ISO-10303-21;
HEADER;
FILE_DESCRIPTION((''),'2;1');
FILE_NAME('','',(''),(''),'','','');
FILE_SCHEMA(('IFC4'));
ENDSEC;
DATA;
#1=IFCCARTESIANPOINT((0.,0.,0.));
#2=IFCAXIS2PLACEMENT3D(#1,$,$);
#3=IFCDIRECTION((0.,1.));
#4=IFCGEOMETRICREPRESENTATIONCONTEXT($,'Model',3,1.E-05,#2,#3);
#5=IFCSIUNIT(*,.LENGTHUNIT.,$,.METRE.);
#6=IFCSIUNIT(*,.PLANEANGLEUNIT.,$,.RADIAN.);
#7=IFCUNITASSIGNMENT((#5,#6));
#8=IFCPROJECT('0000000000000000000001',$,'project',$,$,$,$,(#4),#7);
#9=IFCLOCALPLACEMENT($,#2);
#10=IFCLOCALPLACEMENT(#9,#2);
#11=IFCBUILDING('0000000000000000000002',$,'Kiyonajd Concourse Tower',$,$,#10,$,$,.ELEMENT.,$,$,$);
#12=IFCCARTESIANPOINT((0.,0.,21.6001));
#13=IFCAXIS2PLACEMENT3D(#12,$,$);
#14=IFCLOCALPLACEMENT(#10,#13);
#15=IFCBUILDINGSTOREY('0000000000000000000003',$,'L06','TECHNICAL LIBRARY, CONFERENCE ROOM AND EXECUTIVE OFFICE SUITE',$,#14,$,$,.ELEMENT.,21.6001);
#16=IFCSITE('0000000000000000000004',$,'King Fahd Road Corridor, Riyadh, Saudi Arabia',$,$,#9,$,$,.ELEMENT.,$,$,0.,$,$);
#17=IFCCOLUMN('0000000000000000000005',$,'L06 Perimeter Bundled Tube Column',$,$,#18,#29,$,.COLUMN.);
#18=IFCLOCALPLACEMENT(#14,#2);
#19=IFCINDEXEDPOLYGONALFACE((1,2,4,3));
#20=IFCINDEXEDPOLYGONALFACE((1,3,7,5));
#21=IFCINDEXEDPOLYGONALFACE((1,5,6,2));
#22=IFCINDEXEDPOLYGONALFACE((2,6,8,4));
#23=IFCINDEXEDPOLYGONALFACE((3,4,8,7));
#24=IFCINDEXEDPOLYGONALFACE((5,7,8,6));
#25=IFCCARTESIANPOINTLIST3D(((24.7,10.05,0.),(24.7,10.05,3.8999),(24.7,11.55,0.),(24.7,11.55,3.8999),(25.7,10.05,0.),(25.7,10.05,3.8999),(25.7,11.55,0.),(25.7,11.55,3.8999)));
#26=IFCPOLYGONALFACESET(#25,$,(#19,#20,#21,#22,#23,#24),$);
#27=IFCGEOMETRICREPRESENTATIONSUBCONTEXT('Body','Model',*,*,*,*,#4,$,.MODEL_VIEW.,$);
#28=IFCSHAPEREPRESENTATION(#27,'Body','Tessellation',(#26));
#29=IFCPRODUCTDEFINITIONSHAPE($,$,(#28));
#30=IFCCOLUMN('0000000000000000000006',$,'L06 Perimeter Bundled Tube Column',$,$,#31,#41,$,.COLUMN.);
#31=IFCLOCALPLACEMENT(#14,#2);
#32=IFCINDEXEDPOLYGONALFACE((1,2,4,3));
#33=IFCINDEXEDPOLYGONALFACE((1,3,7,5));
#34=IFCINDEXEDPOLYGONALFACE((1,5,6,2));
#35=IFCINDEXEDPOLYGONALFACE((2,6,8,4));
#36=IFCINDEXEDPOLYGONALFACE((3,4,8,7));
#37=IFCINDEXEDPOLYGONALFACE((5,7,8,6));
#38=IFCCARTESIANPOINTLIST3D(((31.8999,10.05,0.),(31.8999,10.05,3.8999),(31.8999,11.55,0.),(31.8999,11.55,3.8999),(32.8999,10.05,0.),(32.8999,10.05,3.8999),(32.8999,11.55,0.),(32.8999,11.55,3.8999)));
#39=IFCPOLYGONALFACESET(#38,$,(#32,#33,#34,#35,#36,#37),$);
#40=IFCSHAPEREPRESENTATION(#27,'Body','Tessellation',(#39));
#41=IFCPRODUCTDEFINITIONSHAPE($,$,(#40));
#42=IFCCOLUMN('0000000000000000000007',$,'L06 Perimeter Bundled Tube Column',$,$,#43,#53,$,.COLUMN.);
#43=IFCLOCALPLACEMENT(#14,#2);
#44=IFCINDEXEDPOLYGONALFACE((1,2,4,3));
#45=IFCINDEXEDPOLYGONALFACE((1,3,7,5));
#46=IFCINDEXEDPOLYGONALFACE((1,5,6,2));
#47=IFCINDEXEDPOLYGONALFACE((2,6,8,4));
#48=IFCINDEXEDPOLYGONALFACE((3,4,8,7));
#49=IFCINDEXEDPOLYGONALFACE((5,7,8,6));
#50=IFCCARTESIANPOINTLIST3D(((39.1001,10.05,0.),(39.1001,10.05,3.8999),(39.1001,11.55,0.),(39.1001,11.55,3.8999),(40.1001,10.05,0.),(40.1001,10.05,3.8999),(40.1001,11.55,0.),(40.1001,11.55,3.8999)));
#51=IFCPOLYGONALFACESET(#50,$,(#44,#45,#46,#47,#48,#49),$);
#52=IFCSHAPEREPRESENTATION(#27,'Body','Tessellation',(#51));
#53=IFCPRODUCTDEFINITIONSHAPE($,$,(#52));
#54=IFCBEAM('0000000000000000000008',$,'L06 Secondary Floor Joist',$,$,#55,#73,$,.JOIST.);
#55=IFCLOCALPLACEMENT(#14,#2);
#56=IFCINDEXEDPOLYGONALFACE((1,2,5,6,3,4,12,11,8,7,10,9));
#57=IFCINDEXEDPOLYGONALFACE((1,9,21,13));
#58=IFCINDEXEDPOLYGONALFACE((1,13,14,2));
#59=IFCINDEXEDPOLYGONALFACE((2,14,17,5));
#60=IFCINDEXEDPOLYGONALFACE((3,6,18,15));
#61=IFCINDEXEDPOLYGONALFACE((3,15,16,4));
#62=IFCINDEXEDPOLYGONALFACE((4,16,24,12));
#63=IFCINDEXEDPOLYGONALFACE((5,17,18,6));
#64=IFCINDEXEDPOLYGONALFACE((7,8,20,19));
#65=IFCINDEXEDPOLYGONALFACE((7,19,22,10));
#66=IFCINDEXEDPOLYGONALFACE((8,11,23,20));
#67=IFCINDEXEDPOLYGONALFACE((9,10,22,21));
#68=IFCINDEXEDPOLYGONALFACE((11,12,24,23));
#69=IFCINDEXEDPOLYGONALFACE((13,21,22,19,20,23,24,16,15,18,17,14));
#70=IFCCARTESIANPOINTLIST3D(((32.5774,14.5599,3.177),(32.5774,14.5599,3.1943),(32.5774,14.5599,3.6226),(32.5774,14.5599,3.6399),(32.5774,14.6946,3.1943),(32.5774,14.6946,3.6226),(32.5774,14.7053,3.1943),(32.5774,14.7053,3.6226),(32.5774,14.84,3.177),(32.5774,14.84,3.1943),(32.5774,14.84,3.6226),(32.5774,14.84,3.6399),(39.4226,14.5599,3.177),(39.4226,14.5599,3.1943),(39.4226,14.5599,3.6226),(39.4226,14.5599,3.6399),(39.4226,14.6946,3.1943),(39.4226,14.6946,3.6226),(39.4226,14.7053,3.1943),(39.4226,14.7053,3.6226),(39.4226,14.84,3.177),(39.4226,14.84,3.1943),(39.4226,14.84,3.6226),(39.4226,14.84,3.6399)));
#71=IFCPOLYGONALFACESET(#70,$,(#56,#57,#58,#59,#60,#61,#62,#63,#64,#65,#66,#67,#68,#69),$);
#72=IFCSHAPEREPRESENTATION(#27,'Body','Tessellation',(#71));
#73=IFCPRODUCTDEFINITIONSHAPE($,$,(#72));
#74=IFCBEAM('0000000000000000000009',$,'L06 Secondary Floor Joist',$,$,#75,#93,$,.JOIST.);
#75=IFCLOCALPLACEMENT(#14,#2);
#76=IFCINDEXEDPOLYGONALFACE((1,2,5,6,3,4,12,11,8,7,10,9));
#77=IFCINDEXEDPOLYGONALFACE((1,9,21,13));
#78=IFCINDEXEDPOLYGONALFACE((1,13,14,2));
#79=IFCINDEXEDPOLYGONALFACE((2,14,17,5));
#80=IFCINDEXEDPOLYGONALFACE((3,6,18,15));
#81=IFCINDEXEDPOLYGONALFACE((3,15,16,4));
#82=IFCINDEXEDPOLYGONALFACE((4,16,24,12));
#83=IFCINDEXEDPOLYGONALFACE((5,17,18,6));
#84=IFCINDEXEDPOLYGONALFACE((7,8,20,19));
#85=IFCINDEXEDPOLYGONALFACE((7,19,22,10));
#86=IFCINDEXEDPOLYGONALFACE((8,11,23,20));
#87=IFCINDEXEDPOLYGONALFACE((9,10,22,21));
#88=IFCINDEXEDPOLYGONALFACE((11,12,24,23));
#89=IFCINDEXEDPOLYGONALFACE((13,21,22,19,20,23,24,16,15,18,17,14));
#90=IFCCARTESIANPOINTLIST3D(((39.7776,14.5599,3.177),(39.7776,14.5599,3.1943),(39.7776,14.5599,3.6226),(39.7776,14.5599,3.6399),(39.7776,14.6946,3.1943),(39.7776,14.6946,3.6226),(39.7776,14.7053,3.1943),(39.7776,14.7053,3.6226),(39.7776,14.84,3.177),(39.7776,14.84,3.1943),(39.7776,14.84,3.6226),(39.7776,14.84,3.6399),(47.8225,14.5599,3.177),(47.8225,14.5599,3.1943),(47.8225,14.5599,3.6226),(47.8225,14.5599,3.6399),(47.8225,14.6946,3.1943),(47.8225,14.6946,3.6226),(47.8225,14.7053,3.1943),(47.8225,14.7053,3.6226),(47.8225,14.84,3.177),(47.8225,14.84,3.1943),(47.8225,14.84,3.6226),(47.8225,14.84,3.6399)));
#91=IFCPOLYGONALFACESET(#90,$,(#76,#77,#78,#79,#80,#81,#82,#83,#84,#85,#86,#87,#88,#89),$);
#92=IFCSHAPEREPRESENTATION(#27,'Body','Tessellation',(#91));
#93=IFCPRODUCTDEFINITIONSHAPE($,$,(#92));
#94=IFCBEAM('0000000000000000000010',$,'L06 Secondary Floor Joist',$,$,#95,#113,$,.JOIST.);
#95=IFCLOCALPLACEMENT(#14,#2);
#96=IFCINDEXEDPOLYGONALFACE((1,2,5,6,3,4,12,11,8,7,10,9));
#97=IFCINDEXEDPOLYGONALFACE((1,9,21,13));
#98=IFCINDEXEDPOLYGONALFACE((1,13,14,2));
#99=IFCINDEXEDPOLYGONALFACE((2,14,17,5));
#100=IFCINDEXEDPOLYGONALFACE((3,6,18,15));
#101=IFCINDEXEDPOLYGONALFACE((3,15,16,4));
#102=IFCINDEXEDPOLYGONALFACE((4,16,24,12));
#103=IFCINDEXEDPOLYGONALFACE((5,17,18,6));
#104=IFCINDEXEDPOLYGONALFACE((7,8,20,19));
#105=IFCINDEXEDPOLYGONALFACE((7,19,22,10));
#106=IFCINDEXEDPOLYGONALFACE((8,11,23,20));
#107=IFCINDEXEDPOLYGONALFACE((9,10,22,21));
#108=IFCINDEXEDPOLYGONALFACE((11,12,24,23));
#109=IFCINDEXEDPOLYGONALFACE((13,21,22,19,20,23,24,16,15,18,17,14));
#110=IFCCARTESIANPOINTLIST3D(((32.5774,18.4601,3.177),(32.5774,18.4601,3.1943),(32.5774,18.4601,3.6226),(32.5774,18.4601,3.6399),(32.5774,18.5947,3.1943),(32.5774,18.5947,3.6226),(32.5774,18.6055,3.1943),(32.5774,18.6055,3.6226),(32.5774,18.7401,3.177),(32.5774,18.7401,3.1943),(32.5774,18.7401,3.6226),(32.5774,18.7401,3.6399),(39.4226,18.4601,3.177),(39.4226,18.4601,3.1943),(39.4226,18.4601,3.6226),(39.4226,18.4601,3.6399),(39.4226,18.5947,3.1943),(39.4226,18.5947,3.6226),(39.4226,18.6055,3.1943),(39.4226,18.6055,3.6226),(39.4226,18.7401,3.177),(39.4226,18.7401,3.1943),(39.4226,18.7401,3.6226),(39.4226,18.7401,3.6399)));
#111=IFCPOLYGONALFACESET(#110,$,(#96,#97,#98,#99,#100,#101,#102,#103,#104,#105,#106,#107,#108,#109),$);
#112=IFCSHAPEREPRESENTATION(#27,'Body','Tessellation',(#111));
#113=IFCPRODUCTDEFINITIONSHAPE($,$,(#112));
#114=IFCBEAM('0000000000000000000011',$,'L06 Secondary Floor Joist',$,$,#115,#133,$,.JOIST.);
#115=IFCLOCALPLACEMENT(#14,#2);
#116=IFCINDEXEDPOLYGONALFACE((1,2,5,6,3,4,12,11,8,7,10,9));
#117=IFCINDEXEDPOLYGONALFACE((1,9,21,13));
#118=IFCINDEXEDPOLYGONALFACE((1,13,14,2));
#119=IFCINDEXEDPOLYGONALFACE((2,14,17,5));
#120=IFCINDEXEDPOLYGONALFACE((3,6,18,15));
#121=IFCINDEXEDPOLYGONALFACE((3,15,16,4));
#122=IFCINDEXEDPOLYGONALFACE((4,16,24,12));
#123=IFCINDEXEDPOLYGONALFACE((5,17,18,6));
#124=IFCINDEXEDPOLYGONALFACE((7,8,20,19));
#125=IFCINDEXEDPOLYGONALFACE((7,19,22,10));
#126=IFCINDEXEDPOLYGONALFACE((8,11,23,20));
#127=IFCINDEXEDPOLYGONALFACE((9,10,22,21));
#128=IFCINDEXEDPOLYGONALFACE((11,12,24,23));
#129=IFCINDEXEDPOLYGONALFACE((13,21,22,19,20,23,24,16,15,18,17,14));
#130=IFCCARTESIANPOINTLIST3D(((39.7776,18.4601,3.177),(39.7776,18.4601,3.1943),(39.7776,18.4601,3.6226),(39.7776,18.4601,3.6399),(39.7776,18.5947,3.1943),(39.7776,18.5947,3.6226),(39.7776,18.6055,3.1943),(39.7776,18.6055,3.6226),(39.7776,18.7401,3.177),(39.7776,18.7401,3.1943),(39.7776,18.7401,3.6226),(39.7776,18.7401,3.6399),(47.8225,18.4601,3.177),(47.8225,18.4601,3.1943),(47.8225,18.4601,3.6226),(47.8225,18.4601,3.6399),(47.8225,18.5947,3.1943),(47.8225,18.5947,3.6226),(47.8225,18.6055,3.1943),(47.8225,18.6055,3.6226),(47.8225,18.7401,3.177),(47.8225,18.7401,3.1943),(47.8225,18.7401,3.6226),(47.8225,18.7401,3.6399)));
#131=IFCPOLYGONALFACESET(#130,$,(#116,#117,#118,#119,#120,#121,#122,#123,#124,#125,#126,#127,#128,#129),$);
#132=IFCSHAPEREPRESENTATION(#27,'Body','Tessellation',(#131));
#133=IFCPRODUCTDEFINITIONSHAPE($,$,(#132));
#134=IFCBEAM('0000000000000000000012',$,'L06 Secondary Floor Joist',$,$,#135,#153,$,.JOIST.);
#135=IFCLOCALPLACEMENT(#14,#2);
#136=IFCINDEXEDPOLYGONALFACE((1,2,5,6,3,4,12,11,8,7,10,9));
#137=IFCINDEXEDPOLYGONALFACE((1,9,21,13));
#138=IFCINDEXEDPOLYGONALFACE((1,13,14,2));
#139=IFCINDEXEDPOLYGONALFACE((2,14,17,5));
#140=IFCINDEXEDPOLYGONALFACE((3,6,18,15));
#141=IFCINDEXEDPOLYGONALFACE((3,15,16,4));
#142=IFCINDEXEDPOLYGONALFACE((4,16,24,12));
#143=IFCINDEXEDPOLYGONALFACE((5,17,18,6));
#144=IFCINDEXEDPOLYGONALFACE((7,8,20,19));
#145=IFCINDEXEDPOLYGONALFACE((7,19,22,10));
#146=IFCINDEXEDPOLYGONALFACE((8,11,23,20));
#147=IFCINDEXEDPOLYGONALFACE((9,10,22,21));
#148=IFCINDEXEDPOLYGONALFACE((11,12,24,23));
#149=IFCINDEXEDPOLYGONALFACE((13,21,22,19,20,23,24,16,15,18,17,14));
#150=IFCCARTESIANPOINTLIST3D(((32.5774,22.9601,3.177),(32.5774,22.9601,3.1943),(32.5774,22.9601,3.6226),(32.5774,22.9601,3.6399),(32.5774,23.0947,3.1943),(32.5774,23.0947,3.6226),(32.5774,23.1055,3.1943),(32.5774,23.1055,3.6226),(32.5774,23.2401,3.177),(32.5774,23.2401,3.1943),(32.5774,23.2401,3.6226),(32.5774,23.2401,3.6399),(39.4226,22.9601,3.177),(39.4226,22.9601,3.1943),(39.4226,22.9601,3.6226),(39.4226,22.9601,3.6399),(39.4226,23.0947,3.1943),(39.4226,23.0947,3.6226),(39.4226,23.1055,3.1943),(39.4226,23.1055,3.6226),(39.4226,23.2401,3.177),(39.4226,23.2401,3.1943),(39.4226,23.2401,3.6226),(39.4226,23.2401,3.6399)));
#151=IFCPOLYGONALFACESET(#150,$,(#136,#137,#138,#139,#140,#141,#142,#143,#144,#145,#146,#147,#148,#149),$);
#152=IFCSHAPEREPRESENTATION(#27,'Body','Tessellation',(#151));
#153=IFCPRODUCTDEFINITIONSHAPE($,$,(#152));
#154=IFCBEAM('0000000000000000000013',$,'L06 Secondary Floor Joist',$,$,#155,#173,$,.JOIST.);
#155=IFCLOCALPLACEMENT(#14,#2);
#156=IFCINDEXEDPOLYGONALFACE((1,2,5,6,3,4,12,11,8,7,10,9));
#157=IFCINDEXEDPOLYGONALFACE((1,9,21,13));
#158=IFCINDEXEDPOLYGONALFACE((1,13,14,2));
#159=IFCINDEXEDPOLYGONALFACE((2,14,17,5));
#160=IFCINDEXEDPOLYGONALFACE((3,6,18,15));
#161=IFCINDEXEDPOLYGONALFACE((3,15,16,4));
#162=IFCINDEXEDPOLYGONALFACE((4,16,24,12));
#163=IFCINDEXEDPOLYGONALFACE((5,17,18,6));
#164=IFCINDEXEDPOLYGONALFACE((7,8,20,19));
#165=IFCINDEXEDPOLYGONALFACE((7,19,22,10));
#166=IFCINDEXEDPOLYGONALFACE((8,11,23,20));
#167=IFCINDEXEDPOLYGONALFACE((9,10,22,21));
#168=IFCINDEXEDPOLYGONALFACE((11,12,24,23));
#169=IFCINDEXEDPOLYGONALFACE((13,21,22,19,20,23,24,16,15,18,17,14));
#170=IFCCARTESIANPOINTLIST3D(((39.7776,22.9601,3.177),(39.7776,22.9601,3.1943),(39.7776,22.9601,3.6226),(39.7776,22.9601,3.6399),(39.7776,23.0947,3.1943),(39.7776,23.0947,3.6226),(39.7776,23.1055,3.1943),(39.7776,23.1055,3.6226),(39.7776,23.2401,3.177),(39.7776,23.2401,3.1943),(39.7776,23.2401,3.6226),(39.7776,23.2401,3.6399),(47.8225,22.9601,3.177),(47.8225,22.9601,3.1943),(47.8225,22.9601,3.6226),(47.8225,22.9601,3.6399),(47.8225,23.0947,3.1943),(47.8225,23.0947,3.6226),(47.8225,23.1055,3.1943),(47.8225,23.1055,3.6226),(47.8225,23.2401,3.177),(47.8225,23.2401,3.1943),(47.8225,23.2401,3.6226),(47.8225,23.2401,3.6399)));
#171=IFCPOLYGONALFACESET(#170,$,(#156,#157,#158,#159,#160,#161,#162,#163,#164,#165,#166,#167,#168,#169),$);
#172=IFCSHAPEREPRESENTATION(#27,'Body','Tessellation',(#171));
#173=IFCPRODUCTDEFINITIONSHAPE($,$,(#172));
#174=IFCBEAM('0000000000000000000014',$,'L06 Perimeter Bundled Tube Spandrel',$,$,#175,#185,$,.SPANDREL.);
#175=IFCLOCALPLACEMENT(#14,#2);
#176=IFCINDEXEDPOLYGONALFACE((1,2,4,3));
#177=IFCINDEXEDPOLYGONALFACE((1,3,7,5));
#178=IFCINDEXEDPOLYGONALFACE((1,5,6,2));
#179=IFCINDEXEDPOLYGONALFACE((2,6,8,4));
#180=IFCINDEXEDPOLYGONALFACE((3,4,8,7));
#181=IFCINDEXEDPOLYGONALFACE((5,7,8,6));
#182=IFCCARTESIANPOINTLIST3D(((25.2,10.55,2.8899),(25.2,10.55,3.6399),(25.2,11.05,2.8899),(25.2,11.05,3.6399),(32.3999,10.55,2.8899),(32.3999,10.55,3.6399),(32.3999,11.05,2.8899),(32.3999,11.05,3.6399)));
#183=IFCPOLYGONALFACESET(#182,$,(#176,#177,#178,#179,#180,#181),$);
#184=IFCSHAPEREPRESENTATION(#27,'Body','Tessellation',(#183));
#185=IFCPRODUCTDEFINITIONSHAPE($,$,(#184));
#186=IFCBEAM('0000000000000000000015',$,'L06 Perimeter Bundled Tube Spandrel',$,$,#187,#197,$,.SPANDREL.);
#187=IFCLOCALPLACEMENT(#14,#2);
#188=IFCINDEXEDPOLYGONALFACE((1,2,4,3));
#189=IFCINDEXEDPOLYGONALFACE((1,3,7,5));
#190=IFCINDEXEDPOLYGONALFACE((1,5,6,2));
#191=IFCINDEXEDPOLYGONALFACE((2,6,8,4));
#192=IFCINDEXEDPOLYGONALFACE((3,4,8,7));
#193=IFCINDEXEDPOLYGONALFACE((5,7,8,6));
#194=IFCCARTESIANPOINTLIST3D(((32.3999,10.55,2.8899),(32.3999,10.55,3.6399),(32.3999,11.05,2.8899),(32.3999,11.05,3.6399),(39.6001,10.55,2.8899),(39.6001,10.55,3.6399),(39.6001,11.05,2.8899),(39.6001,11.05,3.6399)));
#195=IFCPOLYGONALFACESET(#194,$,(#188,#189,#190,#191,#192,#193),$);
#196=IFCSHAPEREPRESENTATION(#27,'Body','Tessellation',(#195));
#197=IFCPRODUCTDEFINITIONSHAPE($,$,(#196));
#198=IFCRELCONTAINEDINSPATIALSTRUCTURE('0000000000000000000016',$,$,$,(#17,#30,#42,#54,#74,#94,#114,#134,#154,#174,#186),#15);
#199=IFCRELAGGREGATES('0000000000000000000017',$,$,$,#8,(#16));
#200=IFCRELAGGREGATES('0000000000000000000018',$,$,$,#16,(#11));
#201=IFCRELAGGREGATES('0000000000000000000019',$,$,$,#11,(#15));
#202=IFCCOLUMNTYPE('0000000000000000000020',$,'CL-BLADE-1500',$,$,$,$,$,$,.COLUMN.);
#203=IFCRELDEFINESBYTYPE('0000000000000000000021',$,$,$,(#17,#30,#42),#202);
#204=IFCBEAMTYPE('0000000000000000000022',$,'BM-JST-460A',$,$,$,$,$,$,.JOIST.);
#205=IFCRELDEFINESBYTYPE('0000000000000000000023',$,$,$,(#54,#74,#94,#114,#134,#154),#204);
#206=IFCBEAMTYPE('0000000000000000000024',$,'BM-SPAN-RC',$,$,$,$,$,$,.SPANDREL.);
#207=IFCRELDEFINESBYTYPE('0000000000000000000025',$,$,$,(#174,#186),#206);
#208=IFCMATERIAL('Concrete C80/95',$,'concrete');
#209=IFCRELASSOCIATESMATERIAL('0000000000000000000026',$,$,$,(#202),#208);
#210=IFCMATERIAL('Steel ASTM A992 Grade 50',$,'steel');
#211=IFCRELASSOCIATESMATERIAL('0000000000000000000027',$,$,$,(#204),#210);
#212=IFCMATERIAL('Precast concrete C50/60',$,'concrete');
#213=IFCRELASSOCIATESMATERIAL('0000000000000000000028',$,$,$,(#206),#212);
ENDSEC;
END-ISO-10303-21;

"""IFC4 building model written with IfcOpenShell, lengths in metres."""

from ifc_helpers import new_model, si_unit, direction, frame, origin, origin_2d, place, context, subcontext, project, spatial, rectangle, i_section, extrude, material, material_profile, profile_set, type_object, element, save


model = new_model("IFC4")

# Units and contexts
model_context = context("Model", 3, precision=1e-05, world=origin(), true_north=direction((0.0, 1.0)))
body_context = subcontext(model_context, "Body", "Model", "MODEL_VIEW")
ifc_project = project(units=[si_unit("LENGTHUNIT", "METRE"), si_unit("PLANEANGLEUNIT", "RADIAN")], contexts=[model_context])

# Site, building, storey
site_placement = place(None, origin())
site = spatial("IfcSite", under=ifc_project, at=site_placement, Name="King Fahd Road Corridor, Riyadh, Saudi Arabia", CompositionType="ELEMENT", RefElevation=0.0)
building_placement = place(site_placement, origin())
building = spatial("IfcBuilding", under=site, at=building_placement, Name="Kiyonajd Concourse Tower", CompositionType="ELEMENT")
storey_placement = place(building_placement, frame((0.0, 0.0, 21.6001)))
storey = spatial("IfcBuildingStorey", under=building, at=storey_placement, Name="L06", Description="TECHNICAL LIBRARY, CONFERENCE ROOM AND EXECUTIVE OFFICE SUITE", CompositionType="ELEMENT", Elevation=21.6001)

# Columns
ifc_material_1 = material(Name="Concrete C80/95", Category="concrete")
ifc_material_profile_1 = material_profile(ifc_material_1, rectangle(XDim=1.0, YDim=1.5, at=origin_2d()), Name="RC-1500x1000")
ifc_profile_set_1 = profile_set([ifc_material_profile_1], Name="Concrete C80/95")
column_type = type_object("IfcColumnType", Name="CL-BLADE-1500", PredefinedType="COLUMN", material=ifc_profile_set_1)
for number, where, z_axis, x_axis, name in (
    (1, (25.2, 10.8, 0.0), (0.0, 0.0, 1.0), (1.0, 0.0, 0.0), "L06 Perimeter Bundled Tube Column"),
    (2, (32.3999, 10.8, 0.0), (0.0, 0.0, 1.0), (1.0, 0.0, 0.0), "L06 Perimeter Bundled Tube Column"),
    (3, (39.6001, 10.8, 0.0), (0.0, 0.0, 1.0), (1.0, 0.0, 0.0), "L06 Perimeter Bundled Tube Column"),
):
    element("IfcColumn", number, at=place(storey_placement, frame(where, z_axis=z_axis, x_axis=x_axis)), inside=storey, type_object=column_type, Name=name, PredefinedType="COLUMN", context=body_context, shape_type="SweptSolid", body=[
        extrude(rectangle(XDim=1.0, YDim=1.5, at=origin_2d()), origin(), (0.0, 0.0, 1.0), 3.8999),
    ])

# Beams
ifc_material_2 = material(Name="Steel ASTM A992 Grade 50", Category="steel")
ifc_material_profile_2 = material_profile(ifc_material_2, i_section(OverallWidth=0.28, OverallDepth=0.4629, WebThickness=0.0107, FlangeThickness=0.0173, at=origin_2d()), Name="W460X113")
ifc_profile_set_2 = profile_set([ifc_material_profile_2], Name="Steel ASTM A992 Grade 50")
beam_type_1 = type_object("IfcBeamType", Name="BM-JST-460A", PredefinedType="JOIST", material=ifc_profile_set_2)
beam_1_placement = place(storey_placement, frame((32.5774, 14.7, 3.4084), z_axis=(1.0, 0.0, 0.0), x_axis=(0.0, 1.0, 0.0)))
element("IfcBeam", 4, at=beam_1_placement, inside=storey, type_object=beam_type_1, Name="L06 Secondary Floor Joist", PredefinedType="JOIST", context=body_context, shape_type="SweptSolid", body=[
    extrude(i_section(OverallWidth=0.28, OverallDepth=0.4629, WebThickness=0.0107, FlangeThickness=0.0173, at=origin_2d()), origin(), (0.0, 0.0, 1.0), 6.8452),
])
beam_2_placement = place(storey_placement, frame((39.7776, 14.7, 3.4084), z_axis=(1.0, 0.0, 0.0), x_axis=(0.0, 1.0, 0.0)))
element("IfcBeam", 5, at=beam_2_placement, inside=storey, type_object=beam_type_1, Name="L06 Secondary Floor Joist", PredefinedType="JOIST", context=body_context, shape_type="SweptSolid", body=[
    extrude(i_section(OverallWidth=0.28, OverallDepth=0.4629, WebThickness=0.0107, FlangeThickness=0.0173, at=origin_2d()), origin(), (0.0, 0.0, 1.0), 8.0449),
])
beam_3_placement = place(storey_placement, frame((32.5774, 18.6001, 3.4084), z_axis=(1.0, 0.0, 0.0), x_axis=(0.0, 1.0, 0.0)))
element("IfcBeam", 6, at=beam_3_placement, inside=storey, type_object=beam_type_1, Name="L06 Secondary Floor Joist", PredefinedType="JOIST", context=body_context, shape_type="SweptSolid", body=[
    extrude(i_section(OverallWidth=0.28, OverallDepth=0.4629, WebThickness=0.0107, FlangeThickness=0.0173, at=origin_2d()), origin(), (0.0, 0.0, 1.0), 6.8452),
])
beam_4_placement = place(storey_placement, frame((39.7776, 18.6001, 3.4084), z_axis=(1.0, 0.0, 0.0), x_axis=(0.0, 1.0, 0.0)))
element("IfcBeam", 7, at=beam_4_placement, inside=storey, type_object=beam_type_1, Name="L06 Secondary Floor Joist", PredefinedType="JOIST", context=body_context, shape_type="SweptSolid", body=[
    extrude(i_section(OverallWidth=0.28, OverallDepth=0.4629, WebThickness=0.0107, FlangeThickness=0.0173, at=origin_2d()), origin(), (0.0, 0.0, 1.0), 8.0449),
])
beam_5_placement = place(storey_placement, frame((32.5774, 23.1001, 3.4084), z_axis=(1.0, 0.0, 0.0), x_axis=(0.0, 1.0, 0.0)))
element("IfcBeam", 8, at=beam_5_placement, inside=storey, type_object=beam_type_1, Name="L06 Secondary Floor Joist", PredefinedType="JOIST", context=body_context, shape_type="SweptSolid", body=[
    extrude(i_section(OverallWidth=0.28, OverallDepth=0.4629, WebThickness=0.0107, FlangeThickness=0.0173, at=origin_2d()), origin(), (0.0, 0.0, 1.0), 6.8452),
])
beam_6_placement = place(storey_placement, frame((39.7776, 23.1001, 3.4084), z_axis=(1.0, 0.0, 0.0), x_axis=(0.0, 1.0, 0.0)))
element("IfcBeam", 9, at=beam_6_placement, inside=storey, type_object=beam_type_1, Name="L06 Secondary Floor Joist", PredefinedType="JOIST", context=body_context, shape_type="SweptSolid", body=[
    extrude(i_section(OverallWidth=0.28, OverallDepth=0.4629, WebThickness=0.0107, FlangeThickness=0.0173, at=origin_2d()), origin(), (0.0, 0.0, 1.0), 8.0449),
])
ifc_material_3 = material(Name="Precast concrete C50/60", Category="concrete")
ifc_material_profile_3 = material_profile(ifc_material_3, rectangle(XDim=0.5, YDim=0.75, at=origin_2d()), Name="RCBM-500x750")
ifc_profile_set_3 = profile_set([ifc_material_profile_3], Name="Precast concrete C50/60")
beam_type_2 = type_object("IfcBeamType", Name="BM-SPAN-RC", PredefinedType="SPANDREL", material=ifc_profile_set_3)
beam_7_placement = place(storey_placement, frame((25.2, 10.8, 3.2649), z_axis=(1.0, 0.0, 0.0), x_axis=(0.0, 1.0, 0.0)))
element("IfcBeam", 10, at=beam_7_placement, inside=storey, type_object=beam_type_2, Name="L06 Perimeter Bundled Tube Spandrel", PredefinedType="SPANDREL", context=body_context, shape_type="SweptSolid", body=[
    extrude(rectangle(XDim=0.5, YDim=0.75, at=origin_2d()), origin(), (0.0, 0.0, 1.0), 7.2),
])
beam_8_placement = place(storey_placement, frame((32.3999, 10.8, 3.2649), z_axis=(1.0, 0.0, 0.0), x_axis=(0.0, 1.0, 0.0)))
element("IfcBeam", 11, at=beam_8_placement, inside=storey, type_object=beam_type_2, Name="L06 Perimeter Bundled Tube Spandrel", PredefinedType="SPANDREL", context=body_context, shape_type="SweptSolid", body=[
    extrude(rectangle(XDim=0.5, YDim=0.75, at=origin_2d()), origin(), (0.0, 0.0, 1.0), 7.2002),
])

save(model, "model.ifc")
